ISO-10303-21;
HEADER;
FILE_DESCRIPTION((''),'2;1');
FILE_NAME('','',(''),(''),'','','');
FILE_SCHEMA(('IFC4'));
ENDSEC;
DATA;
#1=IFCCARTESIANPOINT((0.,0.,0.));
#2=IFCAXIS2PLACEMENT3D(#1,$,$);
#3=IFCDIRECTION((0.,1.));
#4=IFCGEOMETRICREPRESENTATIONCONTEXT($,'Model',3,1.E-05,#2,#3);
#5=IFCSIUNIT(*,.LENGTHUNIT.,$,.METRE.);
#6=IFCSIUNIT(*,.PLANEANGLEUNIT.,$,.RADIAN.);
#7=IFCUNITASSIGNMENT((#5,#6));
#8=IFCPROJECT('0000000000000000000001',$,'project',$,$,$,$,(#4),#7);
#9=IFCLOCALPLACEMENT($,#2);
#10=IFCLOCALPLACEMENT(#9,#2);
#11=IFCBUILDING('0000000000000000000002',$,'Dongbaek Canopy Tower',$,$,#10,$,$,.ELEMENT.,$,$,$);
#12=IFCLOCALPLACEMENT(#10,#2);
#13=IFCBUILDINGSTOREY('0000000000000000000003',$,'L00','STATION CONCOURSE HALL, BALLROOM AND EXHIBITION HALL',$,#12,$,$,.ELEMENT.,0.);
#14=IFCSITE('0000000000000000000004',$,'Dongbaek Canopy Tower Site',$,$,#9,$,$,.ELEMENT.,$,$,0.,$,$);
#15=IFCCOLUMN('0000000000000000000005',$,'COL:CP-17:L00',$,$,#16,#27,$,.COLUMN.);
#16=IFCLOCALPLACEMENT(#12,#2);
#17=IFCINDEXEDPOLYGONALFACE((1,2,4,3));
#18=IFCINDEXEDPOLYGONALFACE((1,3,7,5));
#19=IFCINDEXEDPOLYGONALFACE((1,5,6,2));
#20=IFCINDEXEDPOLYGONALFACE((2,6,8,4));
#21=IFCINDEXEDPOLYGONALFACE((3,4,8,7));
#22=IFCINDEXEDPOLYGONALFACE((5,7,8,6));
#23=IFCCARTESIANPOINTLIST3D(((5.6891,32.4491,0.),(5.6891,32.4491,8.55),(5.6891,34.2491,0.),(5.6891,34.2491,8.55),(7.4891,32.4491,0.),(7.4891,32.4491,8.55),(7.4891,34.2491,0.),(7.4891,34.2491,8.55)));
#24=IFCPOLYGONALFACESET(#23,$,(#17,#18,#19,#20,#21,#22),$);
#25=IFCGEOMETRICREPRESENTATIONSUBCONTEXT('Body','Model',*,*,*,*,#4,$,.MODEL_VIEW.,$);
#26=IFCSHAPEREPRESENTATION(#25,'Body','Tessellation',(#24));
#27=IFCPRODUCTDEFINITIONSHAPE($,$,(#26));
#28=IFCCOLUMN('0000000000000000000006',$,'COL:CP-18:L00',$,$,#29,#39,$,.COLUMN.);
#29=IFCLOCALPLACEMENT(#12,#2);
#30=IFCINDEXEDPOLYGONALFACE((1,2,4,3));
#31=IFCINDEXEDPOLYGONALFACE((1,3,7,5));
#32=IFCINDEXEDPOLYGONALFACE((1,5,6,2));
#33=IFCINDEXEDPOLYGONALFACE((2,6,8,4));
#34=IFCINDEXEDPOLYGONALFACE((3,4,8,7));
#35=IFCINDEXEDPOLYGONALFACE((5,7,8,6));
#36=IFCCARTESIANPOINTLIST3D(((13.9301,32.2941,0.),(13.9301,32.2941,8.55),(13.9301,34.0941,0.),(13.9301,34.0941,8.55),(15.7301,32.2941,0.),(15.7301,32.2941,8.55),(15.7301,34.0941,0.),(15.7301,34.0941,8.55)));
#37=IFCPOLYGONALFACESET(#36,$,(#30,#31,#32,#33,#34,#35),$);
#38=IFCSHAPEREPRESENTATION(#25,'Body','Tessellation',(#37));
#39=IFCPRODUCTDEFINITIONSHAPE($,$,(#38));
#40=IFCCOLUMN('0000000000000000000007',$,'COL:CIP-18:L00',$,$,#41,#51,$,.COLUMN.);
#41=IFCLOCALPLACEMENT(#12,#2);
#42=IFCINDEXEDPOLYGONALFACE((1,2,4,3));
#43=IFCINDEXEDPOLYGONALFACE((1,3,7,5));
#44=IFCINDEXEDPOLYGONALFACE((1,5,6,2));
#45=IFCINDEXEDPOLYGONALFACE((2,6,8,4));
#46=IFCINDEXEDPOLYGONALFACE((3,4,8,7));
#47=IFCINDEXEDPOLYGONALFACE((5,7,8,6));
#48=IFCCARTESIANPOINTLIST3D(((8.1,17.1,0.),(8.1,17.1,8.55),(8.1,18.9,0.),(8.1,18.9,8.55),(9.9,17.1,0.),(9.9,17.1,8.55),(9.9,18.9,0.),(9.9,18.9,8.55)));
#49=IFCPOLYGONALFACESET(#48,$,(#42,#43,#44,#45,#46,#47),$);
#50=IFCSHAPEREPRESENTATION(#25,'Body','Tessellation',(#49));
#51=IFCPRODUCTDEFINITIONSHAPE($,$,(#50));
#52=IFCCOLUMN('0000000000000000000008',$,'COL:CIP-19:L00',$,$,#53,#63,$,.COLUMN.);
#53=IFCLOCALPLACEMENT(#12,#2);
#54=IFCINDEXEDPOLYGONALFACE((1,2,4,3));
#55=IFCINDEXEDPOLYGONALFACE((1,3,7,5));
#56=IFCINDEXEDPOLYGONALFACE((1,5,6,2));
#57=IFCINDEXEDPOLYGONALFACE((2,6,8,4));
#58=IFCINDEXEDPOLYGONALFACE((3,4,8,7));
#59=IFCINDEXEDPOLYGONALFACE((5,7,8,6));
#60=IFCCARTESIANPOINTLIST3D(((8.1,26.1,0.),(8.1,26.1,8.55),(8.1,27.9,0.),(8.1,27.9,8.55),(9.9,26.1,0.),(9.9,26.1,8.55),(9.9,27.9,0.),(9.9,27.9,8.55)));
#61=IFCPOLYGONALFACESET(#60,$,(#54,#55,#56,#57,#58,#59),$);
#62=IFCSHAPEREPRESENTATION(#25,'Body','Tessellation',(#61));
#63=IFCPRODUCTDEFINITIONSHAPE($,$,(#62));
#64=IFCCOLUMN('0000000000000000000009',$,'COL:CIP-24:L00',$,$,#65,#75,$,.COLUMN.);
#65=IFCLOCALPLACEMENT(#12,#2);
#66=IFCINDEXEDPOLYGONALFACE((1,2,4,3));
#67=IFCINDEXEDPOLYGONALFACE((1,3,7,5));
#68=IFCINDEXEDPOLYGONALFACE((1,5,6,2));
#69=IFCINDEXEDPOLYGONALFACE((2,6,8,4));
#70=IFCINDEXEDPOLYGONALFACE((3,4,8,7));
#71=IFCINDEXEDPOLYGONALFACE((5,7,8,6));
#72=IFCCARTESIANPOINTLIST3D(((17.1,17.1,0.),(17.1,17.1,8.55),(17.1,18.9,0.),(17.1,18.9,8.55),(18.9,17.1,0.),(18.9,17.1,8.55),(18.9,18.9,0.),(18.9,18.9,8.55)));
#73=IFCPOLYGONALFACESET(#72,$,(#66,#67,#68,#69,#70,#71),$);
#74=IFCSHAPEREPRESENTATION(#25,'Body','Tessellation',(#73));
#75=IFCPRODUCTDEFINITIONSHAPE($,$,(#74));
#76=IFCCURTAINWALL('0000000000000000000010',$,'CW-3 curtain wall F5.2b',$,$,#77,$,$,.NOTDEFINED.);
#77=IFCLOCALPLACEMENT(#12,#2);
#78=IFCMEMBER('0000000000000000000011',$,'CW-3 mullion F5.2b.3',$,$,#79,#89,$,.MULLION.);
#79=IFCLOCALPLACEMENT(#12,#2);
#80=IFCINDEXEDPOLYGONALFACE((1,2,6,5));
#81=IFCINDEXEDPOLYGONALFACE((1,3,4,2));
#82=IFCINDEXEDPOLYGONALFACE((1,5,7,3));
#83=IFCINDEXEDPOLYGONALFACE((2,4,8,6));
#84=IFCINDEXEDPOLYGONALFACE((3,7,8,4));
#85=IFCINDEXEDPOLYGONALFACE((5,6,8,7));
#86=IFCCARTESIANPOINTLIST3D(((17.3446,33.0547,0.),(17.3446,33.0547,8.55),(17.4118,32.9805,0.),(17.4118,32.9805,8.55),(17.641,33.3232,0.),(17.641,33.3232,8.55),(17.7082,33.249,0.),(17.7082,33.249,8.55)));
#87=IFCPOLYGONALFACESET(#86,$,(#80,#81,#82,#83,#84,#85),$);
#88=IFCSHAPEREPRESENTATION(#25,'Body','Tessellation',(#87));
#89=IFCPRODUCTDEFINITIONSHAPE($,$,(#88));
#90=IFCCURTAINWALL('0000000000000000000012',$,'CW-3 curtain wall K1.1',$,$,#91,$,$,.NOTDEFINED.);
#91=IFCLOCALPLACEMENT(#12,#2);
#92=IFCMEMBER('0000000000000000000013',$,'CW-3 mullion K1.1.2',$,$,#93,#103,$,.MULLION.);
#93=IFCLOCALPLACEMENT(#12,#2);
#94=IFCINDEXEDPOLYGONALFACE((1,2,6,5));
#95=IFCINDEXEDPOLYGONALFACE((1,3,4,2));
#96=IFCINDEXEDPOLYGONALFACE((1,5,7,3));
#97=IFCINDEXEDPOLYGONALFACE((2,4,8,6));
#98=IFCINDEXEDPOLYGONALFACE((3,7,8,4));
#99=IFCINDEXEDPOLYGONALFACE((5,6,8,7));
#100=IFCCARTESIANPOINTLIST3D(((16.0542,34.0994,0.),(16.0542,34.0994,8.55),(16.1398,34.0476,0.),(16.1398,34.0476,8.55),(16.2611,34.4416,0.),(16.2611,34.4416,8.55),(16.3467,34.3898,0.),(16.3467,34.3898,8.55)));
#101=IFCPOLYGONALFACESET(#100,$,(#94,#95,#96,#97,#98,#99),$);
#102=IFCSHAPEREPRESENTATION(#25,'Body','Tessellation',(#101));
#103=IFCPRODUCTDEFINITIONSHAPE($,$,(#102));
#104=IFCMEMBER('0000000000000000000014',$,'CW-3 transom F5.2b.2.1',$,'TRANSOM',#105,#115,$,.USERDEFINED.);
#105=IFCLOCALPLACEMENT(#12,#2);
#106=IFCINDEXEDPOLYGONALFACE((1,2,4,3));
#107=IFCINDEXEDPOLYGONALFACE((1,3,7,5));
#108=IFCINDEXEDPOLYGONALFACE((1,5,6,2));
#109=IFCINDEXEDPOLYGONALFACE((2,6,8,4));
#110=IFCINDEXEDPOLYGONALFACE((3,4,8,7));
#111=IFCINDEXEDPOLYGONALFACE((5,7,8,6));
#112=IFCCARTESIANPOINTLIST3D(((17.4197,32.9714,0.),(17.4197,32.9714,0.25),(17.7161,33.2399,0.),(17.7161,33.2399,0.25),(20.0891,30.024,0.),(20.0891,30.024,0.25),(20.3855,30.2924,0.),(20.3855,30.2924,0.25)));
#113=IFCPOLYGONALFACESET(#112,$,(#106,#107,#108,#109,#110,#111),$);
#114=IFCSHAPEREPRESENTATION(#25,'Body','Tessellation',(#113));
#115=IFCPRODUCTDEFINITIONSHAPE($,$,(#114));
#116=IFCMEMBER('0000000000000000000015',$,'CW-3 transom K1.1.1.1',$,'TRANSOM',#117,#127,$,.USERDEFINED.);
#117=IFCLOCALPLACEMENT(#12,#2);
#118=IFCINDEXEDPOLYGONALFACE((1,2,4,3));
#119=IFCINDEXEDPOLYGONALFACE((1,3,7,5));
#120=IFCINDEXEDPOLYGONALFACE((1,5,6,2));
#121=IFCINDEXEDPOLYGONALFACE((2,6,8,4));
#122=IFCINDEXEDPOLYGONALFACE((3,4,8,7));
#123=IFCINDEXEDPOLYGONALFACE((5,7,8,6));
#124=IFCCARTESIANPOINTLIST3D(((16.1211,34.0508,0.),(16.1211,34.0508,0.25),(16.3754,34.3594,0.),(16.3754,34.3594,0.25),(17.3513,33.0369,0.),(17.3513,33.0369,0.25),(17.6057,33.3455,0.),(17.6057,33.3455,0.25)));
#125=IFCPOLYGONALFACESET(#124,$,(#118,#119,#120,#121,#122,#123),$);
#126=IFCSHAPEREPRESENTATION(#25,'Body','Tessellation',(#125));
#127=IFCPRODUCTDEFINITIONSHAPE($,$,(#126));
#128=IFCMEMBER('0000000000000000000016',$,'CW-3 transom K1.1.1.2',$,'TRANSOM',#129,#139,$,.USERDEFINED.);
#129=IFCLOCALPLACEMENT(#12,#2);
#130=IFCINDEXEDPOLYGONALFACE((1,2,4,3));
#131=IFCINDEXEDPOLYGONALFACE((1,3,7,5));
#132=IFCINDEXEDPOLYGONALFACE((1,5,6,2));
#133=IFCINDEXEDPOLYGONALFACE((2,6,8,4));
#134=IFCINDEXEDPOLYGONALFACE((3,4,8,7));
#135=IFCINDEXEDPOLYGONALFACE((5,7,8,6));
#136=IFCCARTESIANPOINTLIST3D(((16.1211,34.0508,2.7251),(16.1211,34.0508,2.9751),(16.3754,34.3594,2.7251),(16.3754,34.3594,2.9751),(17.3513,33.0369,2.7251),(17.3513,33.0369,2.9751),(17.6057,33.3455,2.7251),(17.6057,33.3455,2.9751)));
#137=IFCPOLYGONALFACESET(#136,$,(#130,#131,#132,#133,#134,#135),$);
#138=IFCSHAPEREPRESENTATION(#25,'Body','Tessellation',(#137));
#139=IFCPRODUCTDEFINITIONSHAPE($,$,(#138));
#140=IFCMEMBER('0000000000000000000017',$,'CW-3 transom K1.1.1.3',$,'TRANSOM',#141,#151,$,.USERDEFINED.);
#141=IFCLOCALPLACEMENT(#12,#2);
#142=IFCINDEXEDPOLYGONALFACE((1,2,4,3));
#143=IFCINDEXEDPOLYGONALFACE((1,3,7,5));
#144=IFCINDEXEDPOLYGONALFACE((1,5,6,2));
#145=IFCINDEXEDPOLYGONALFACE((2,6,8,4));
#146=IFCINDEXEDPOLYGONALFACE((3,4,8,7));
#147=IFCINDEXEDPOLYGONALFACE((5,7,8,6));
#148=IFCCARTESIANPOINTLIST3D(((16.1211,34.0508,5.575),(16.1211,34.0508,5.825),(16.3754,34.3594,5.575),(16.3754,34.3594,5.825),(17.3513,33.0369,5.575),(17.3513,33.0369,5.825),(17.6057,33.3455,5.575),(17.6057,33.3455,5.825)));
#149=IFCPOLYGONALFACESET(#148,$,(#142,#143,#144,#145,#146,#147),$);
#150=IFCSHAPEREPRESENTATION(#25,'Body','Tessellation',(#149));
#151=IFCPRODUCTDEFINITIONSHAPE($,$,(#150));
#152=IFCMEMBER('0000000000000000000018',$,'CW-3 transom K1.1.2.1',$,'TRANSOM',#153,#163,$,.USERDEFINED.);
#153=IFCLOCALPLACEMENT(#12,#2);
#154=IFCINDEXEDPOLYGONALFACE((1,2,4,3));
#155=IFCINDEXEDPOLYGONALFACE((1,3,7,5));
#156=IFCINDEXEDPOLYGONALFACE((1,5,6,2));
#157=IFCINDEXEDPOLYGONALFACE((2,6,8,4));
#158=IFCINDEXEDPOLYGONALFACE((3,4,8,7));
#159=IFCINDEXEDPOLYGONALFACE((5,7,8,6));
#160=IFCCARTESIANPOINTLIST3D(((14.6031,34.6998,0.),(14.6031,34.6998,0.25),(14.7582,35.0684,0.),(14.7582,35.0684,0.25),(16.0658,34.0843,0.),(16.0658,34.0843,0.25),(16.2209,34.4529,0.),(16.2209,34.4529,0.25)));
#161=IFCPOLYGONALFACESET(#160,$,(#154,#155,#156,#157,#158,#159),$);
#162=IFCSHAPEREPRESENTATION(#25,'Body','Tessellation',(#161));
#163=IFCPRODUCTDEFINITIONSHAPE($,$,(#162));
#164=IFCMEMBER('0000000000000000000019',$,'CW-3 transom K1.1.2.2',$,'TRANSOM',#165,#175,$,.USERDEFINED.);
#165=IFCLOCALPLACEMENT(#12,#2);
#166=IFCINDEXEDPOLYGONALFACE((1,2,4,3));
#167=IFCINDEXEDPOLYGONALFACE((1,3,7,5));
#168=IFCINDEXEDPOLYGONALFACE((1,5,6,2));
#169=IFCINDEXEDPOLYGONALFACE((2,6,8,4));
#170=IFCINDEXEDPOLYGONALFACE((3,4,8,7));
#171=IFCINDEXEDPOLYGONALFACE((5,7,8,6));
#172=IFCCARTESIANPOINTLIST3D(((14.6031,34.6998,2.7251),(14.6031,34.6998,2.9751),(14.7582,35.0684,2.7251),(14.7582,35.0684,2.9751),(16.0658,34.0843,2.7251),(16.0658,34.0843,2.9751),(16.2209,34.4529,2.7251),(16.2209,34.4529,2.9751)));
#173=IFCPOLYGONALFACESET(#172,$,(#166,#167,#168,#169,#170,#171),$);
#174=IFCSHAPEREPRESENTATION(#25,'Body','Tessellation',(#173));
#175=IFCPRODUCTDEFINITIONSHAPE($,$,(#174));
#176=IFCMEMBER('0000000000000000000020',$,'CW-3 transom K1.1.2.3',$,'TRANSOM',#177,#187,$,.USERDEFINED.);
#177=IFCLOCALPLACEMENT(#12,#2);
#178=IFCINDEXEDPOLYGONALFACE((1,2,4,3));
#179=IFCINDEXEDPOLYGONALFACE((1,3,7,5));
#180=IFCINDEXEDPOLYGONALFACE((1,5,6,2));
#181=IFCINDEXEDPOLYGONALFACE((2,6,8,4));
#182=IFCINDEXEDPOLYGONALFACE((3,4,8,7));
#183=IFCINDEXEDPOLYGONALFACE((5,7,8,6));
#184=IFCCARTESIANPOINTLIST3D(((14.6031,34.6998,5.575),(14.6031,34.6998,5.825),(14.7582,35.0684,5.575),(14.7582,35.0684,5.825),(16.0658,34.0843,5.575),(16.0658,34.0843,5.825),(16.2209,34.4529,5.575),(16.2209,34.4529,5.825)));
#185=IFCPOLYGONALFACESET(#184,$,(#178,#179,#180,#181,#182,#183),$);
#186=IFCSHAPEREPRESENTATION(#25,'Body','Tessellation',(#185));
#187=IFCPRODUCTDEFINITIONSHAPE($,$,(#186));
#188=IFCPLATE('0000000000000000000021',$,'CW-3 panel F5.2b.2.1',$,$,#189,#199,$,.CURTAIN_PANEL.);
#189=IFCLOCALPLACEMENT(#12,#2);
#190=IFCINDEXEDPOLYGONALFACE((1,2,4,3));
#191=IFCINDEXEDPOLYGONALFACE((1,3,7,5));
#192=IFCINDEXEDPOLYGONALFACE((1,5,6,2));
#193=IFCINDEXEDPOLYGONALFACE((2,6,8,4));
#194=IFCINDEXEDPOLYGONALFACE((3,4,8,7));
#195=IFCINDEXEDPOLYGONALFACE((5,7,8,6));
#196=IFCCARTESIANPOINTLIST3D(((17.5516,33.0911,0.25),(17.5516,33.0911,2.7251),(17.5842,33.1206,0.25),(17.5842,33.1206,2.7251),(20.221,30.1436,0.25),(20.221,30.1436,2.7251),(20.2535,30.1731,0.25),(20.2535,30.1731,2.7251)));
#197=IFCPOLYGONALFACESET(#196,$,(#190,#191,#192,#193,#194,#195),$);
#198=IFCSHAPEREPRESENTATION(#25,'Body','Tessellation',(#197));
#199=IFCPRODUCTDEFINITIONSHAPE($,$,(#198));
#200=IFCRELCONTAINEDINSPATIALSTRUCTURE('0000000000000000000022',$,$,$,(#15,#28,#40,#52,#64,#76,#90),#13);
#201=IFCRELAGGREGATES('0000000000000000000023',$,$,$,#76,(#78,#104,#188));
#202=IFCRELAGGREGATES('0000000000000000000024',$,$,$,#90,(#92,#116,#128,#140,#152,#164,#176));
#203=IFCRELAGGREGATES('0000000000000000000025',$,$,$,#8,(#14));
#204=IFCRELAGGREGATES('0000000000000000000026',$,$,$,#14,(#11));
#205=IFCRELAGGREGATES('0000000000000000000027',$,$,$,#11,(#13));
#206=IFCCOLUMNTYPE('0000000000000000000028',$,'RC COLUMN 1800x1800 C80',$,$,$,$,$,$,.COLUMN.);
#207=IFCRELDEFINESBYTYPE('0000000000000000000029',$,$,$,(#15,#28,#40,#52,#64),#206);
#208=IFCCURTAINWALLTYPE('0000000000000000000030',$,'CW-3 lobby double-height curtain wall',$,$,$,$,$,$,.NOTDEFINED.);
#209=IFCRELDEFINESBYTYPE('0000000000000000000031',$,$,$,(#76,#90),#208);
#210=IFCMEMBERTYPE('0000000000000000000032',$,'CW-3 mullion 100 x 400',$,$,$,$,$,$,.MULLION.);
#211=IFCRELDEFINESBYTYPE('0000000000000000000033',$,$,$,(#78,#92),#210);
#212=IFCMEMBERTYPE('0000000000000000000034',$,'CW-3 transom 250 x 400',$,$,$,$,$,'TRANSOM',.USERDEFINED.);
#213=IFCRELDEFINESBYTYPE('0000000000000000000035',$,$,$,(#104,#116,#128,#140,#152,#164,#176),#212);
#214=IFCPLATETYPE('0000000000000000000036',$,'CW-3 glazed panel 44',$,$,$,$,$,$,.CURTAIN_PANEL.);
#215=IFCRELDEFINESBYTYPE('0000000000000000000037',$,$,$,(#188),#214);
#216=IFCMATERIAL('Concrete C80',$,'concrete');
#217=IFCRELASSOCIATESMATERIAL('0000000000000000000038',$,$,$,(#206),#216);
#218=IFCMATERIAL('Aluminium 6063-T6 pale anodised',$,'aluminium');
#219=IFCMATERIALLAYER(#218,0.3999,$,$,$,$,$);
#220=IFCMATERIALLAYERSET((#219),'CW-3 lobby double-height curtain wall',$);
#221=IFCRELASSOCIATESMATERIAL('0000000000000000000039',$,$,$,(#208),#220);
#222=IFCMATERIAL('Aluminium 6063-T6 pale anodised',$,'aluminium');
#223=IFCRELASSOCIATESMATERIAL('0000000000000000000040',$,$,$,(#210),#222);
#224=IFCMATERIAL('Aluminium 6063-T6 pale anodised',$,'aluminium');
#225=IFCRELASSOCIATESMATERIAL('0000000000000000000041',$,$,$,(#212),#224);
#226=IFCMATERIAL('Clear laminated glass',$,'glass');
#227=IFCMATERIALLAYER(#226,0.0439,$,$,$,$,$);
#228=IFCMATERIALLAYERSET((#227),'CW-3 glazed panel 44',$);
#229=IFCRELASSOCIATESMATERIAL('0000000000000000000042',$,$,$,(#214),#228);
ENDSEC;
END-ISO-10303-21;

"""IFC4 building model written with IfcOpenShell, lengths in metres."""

from ifc_helpers import new_model, si_unit, direction, frame, origin, origin_2d, place, context, subcontext, project, spatial, rectangle, extrude, material, layer, layer_set, material_profile, profile_set, type_object, element, aggregate, save


model = new_model("IFC4")

# Units and contexts
model_context = context("Model", 3, precision=1e-05, world=origin(), true_north=direction((0.0, 1.0)))
body_context = subcontext(model_context, "Body", "Model", "MODEL_VIEW")
ifc_project = project(units=[si_unit("LENGTHUNIT", "METRE"), si_unit("PLANEANGLEUNIT", "RADIAN")], contexts=[model_context])

# Site, building, storey
site_placement = place(None, origin())
site = spatial("IfcSite", under=ifc_project, at=site_placement, Name="Dongbaek Canopy Tower Site", CompositionType="ELEMENT", RefElevation=0.0)
building_placement = place(site_placement, origin())
building = spatial("IfcBuilding", under=site, at=building_placement, Name="Dongbaek Canopy Tower", CompositionType="ELEMENT")
storey_placement = place(building_placement, origin())
storey = spatial("IfcBuildingStorey", under=building, at=storey_placement, Name="L00", Description="STATION CONCOURSE HALL, BALLROOM AND EXHIBITION HALL", CompositionType="ELEMENT", Elevation=0.0)

# Columns
ifc_material_1 = material(Name="Concrete C80", Category="concrete")
ifc_material_profile_1 = material_profile(ifc_material_1, rectangle(XDim=1.8, YDim=1.8, at=origin_2d()), Name="RC COLUMN 1800x1800 C80")
ifc_profile_set_1 = profile_set([ifc_material_profile_1], Name="Concrete C80")
column_type = type_object("IfcColumnType", Name="RC COLUMN 1800x1800 C80", PredefinedType="COLUMN", material=ifc_profile_set_1)
for number, where, z_axis, x_axis, name in (
    (1, (6.5891, 33.3491, 0.0), (0.0, 0.0, 1.0), (1.0, 0.0, 0.0), "COL:CP-17:L00"),
    (2, (14.8301, 33.1941, 0.0), (0.0, 0.0, 1.0), (1.0, 0.0, 0.0), "COL:CP-18:L00"),
    (3, (9.0, 18.0, 0.0), (0.0, 0.0, 1.0), (1.0, 0.0, 0.0), "COL:CIP-18:L00"),
    (4, (9.0, 27.0, 0.0), (0.0, 0.0, 1.0), (1.0, 0.0, 0.0), "COL:CIP-19:L00"),
    (5, (18.0, 18.0, 0.0), (0.0, 0.0, 1.0), (1.0, 0.0, 0.0), "COL:CIP-24:L00"),
):
    element("IfcColumn", number, at=place(storey_placement, frame(where, z_axis=z_axis, x_axis=x_axis)), inside=storey, type_object=column_type, Name=name, PredefinedType="COLUMN", context=body_context, shape_type="SweptSolid", body=[
        extrude(rectangle(XDim=1.8, YDim=1.8, at=origin_2d()), origin(), (0.0, 0.0, 1.0), 8.55),
    ])

# Curtain walls, members
ifc_material_2 = material(Name="Aluminium 6063-T6 pale anodised", Category="aluminium")
ifc_layer_1 = layer(ifc_material_2, 0.3999)
ifc_layer_set_1 = layer_set([ifc_layer_1], Name="CW-3 lobby double-height curtain wall")
curtain_wall_type = type_object("IfcCurtainWallType", Name="CW-3 lobby double-height curtain wall", PredefinedType="NOTDEFINED", material=ifc_layer_set_1)
curtain_wall_1_placement = place(storey_placement, origin())
curtain_wall_1 = element("IfcCurtainWall", 6, at=curtain_wall_1_placement, inside=storey, type_object=curtain_wall_type, Name="CW-3 curtain wall F5.2b", PredefinedType="NOTDEFINED")
ifc_material_3 = material(Name="Aluminium 6063-T6 pale anodised", Category="aluminium")
ifc_material_profile_2 = material_profile(ifc_material_3, rectangle(XDim=0.3999, YDim=0.1001, at=origin_2d()), Name="CW-3 mullion 100 x 400")
ifc_profile_set_2 = profile_set([ifc_material_profile_2], Name="Aluminium 6063-T6 pale anodised")
member_type_1 = type_object("IfcMemberType", Name="CW-3 mullion 100 x 400", PredefinedType="MULLION", material=ifc_profile_set_2)
member_1_placement = place(storey_placement, frame((17.5264, 33.1519, 0.0), z_axis=(0.0, 0.0, 1.0), x_axis=(0.741222, 0.67126, 0.0)))
member_1 = element("IfcMember", 7, at=member_1_placement, type_object=member_type_1, Name="CW-3 mullion F5.2b.3", PredefinedType="MULLION", context=body_context, shape_type="SweptSolid", body=[
    extrude(rectangle(XDim=0.3999, YDim=0.1001, at=origin_2d()), origin(), (0.0, 0.0, 1.0), 8.55),
])
curtain_wall_2_placement = place(storey_placement, origin())
curtain_wall_2 = element("IfcCurtainWall", 8, at=curtain_wall_2_placement, inside=storey, type_object=curtain_wall_type, Name="CW-3 curtain wall K1.1", PredefinedType="NOTDEFINED")
member_2_placement = place(storey_placement, frame((16.2004, 34.2446, 0.0), z_axis=(0.0, 0.0, 1.0), x_axis=(0.517431, 0.855725, 0.0)))
member_2 = element("IfcMember", 9, at=member_2_placement, type_object=member_type_1, Name="CW-3 mullion K1.1.2", PredefinedType="MULLION", context=body_context, shape_type="SweptSolid", body=[
    extrude(rectangle(XDim=0.3999, YDim=0.1001, at=origin_2d()), origin(), (0.0, 0.0, 1.0), 8.55),
])

# Members
ifc_material_4 = material(Name="Aluminium 6063-T6 pale anodised", Category="aluminium")
ifc_material_profile_3 = material_profile(ifc_material_4, rectangle(XDim=0.3999, YDim=0.25, at=origin_2d()), Name="CW-3 transom 250 x 400")
ifc_profile_set_3 = profile_set([ifc_material_profile_3], Name="Aluminium 6063-T6 pale anodised")
member_type_2 = type_object("IfcMemberType", Name="CW-3 transom 250 x 400", ElementType="TRANSOM", PredefinedType="USERDEFINED", material=ifc_profile_set_3)
member_3_placement = place(storey_placement, frame((20.2373, 30.1582, 0.125), z_axis=(-0.671278, 0.741206, 0.0), x_axis=(-0.741206, -0.671278, 0.0)))
member_3 = element("IfcMember", 10, at=member_3_placement, type_object=member_type_2, Name="CW-3 transom F5.2b.2.1", ObjectType="TRANSOM", PredefinedType="USERDEFINED", context=body_context, shape_type="SweptSolid", body=[
    extrude(rectangle(XDim=0.3999, YDim=0.25, at=origin_2d()), origin(), (0.0, 0.0, 1.0), 3.9766),
])
member_4_placement = place(storey_placement, frame((17.4785, 33.1912, 0.125), z_axis=(-0.771687, 0.636002, 0.0), x_axis=(-0.636002, -0.771687, 0.0)))
member_4 = element("IfcMember", 11, at=member_4_placement, type_object=member_type_2, Name="CW-3 transom K1.1.1.1", ObjectType="TRANSOM", PredefinedType="USERDEFINED", context=body_context, shape_type="SweptSolid", body=[
    extrude(rectangle(XDim=0.3999, YDim=0.25, at=origin_2d()), origin(), (0.0, 0.0, 1.0), 1.5942),
])
member_5_placement = place(storey_placement, frame((17.4785, 33.1912, 2.8501), z_axis=(-0.771687, 0.636002, 0.0), x_axis=(-0.636002, -0.771687, 0.0)))
member_5 = element("IfcMember", 12, at=member_5_placement, type_object=member_type_2, Name="CW-3 transom K1.1.1.2", ObjectType="TRANSOM", PredefinedType="USERDEFINED", context=body_context, shape_type="SweptSolid", body=[
    extrude(rectangle(XDim=0.3999, YDim=0.25, at=origin_2d()), origin(), (0.0, 0.0, 1.0), 1.5942),
])
member_6_placement = place(storey_placement, frame((17.4785, 33.1912, 5.7), z_axis=(-0.771687, 0.636002, 0.0), x_axis=(-0.636002, -0.771687, 0.0)))
member_6 = element("IfcMember", 13, at=member_6_placement, type_object=member_type_2, Name="CW-3 transom K1.1.1.3", ObjectType="TRANSOM", PredefinedType="USERDEFINED", context=body_context, shape_type="SweptSolid", body=[
    extrude(rectangle(XDim=0.3999, YDim=0.25, at=origin_2d()), origin(), (0.0, 0.0, 1.0), 1.5942),
])
member_7_placement = place(storey_placement, frame((16.1433, 34.2686, 0.125), z_axis=(-0.921719, 0.387858, 0.0), x_axis=(-0.387858, -0.921719, 0.0)))
member_7 = element("IfcMember", 14, at=member_7_placement, type_object=member_type_2, Name="CW-3 transom K1.1.2.1", ObjectType="TRANSOM", PredefinedType="USERDEFINED", context=body_context, shape_type="SweptSolid", body=[
    extrude(rectangle(XDim=0.3999, YDim=0.25, at=origin_2d()), origin(), (0.0, 0.0, 1.0), 1.5869),
])
member_8_placement = place(storey_placement, frame((16.1433, 34.2686, 2.8501), z_axis=(-0.921719, 0.387858, 0.0), x_axis=(-0.387858, -0.921719, 0.0)))
member_8 = element("IfcMember", 15, at=member_8_placement, type_object=member_type_2, Name="CW-3 transom K1.1.2.2", ObjectType="TRANSOM", PredefinedType="USERDEFINED", context=body_context, shape_type="SweptSolid", body=[
    extrude(rectangle(XDim=0.3999, YDim=0.25, at=origin_2d()), origin(), (0.0, 0.0, 1.0), 1.5869),
])
member_9_placement = place(storey_placement, frame((16.1433, 34.2686, 5.7), z_axis=(-0.921719, 0.387858, 0.0), x_axis=(-0.387858, -0.921719, 0.0)))
member_9 = element("IfcMember", 16, at=member_9_placement, type_object=member_type_2, Name="CW-3 transom K1.1.2.3", ObjectType="TRANSOM", PredefinedType="USERDEFINED", context=body_context, shape_type="SweptSolid", body=[
    extrude(rectangle(XDim=0.3999, YDim=0.25, at=origin_2d()), origin(), (0.0, 0.0, 1.0), 1.5869),
])

# Plate
ifc_material_5 = material(Name="Clear laminated glass", Category="glass")
ifc_layer_2 = layer(ifc_material_5, 0.0439)
ifc_layer_set_2 = layer_set([ifc_layer_2], Name="CW-3 glazed panel 44")
plate_type = type_object("IfcPlateType", Name="CW-3 glazed panel 44", PredefinedType="CURTAIN_PANEL", material=ifc_layer_set_2)
plate_1_placement = place(storey_placement, frame((18.9026, 31.6321, 0.25), z_axis=(0.0, 0.0, 1.0), x_axis=(-0.67126, 0.741222, 0.0)))
plate_1 = element("IfcPlate", 17, at=plate_1_placement, type_object=plate_type, Name="CW-3 panel F5.2b.2.1", PredefinedType="CURTAIN_PANEL", context=body_context, shape_type="SweptSolid", body=[
    extrude(rectangle(XDim=3.9766, YDim=0.0439, at=origin_2d()), origin(), (0.0, 0.0, 1.0), 2.4751),
])
aggregate(curtain_wall_1, [member_1, member_3, plate_1])
aggregate(curtain_wall_2, [member_2, member_4, member_5, member_6, member_7, member_8, member_9])

save(model, "model.ifc")
